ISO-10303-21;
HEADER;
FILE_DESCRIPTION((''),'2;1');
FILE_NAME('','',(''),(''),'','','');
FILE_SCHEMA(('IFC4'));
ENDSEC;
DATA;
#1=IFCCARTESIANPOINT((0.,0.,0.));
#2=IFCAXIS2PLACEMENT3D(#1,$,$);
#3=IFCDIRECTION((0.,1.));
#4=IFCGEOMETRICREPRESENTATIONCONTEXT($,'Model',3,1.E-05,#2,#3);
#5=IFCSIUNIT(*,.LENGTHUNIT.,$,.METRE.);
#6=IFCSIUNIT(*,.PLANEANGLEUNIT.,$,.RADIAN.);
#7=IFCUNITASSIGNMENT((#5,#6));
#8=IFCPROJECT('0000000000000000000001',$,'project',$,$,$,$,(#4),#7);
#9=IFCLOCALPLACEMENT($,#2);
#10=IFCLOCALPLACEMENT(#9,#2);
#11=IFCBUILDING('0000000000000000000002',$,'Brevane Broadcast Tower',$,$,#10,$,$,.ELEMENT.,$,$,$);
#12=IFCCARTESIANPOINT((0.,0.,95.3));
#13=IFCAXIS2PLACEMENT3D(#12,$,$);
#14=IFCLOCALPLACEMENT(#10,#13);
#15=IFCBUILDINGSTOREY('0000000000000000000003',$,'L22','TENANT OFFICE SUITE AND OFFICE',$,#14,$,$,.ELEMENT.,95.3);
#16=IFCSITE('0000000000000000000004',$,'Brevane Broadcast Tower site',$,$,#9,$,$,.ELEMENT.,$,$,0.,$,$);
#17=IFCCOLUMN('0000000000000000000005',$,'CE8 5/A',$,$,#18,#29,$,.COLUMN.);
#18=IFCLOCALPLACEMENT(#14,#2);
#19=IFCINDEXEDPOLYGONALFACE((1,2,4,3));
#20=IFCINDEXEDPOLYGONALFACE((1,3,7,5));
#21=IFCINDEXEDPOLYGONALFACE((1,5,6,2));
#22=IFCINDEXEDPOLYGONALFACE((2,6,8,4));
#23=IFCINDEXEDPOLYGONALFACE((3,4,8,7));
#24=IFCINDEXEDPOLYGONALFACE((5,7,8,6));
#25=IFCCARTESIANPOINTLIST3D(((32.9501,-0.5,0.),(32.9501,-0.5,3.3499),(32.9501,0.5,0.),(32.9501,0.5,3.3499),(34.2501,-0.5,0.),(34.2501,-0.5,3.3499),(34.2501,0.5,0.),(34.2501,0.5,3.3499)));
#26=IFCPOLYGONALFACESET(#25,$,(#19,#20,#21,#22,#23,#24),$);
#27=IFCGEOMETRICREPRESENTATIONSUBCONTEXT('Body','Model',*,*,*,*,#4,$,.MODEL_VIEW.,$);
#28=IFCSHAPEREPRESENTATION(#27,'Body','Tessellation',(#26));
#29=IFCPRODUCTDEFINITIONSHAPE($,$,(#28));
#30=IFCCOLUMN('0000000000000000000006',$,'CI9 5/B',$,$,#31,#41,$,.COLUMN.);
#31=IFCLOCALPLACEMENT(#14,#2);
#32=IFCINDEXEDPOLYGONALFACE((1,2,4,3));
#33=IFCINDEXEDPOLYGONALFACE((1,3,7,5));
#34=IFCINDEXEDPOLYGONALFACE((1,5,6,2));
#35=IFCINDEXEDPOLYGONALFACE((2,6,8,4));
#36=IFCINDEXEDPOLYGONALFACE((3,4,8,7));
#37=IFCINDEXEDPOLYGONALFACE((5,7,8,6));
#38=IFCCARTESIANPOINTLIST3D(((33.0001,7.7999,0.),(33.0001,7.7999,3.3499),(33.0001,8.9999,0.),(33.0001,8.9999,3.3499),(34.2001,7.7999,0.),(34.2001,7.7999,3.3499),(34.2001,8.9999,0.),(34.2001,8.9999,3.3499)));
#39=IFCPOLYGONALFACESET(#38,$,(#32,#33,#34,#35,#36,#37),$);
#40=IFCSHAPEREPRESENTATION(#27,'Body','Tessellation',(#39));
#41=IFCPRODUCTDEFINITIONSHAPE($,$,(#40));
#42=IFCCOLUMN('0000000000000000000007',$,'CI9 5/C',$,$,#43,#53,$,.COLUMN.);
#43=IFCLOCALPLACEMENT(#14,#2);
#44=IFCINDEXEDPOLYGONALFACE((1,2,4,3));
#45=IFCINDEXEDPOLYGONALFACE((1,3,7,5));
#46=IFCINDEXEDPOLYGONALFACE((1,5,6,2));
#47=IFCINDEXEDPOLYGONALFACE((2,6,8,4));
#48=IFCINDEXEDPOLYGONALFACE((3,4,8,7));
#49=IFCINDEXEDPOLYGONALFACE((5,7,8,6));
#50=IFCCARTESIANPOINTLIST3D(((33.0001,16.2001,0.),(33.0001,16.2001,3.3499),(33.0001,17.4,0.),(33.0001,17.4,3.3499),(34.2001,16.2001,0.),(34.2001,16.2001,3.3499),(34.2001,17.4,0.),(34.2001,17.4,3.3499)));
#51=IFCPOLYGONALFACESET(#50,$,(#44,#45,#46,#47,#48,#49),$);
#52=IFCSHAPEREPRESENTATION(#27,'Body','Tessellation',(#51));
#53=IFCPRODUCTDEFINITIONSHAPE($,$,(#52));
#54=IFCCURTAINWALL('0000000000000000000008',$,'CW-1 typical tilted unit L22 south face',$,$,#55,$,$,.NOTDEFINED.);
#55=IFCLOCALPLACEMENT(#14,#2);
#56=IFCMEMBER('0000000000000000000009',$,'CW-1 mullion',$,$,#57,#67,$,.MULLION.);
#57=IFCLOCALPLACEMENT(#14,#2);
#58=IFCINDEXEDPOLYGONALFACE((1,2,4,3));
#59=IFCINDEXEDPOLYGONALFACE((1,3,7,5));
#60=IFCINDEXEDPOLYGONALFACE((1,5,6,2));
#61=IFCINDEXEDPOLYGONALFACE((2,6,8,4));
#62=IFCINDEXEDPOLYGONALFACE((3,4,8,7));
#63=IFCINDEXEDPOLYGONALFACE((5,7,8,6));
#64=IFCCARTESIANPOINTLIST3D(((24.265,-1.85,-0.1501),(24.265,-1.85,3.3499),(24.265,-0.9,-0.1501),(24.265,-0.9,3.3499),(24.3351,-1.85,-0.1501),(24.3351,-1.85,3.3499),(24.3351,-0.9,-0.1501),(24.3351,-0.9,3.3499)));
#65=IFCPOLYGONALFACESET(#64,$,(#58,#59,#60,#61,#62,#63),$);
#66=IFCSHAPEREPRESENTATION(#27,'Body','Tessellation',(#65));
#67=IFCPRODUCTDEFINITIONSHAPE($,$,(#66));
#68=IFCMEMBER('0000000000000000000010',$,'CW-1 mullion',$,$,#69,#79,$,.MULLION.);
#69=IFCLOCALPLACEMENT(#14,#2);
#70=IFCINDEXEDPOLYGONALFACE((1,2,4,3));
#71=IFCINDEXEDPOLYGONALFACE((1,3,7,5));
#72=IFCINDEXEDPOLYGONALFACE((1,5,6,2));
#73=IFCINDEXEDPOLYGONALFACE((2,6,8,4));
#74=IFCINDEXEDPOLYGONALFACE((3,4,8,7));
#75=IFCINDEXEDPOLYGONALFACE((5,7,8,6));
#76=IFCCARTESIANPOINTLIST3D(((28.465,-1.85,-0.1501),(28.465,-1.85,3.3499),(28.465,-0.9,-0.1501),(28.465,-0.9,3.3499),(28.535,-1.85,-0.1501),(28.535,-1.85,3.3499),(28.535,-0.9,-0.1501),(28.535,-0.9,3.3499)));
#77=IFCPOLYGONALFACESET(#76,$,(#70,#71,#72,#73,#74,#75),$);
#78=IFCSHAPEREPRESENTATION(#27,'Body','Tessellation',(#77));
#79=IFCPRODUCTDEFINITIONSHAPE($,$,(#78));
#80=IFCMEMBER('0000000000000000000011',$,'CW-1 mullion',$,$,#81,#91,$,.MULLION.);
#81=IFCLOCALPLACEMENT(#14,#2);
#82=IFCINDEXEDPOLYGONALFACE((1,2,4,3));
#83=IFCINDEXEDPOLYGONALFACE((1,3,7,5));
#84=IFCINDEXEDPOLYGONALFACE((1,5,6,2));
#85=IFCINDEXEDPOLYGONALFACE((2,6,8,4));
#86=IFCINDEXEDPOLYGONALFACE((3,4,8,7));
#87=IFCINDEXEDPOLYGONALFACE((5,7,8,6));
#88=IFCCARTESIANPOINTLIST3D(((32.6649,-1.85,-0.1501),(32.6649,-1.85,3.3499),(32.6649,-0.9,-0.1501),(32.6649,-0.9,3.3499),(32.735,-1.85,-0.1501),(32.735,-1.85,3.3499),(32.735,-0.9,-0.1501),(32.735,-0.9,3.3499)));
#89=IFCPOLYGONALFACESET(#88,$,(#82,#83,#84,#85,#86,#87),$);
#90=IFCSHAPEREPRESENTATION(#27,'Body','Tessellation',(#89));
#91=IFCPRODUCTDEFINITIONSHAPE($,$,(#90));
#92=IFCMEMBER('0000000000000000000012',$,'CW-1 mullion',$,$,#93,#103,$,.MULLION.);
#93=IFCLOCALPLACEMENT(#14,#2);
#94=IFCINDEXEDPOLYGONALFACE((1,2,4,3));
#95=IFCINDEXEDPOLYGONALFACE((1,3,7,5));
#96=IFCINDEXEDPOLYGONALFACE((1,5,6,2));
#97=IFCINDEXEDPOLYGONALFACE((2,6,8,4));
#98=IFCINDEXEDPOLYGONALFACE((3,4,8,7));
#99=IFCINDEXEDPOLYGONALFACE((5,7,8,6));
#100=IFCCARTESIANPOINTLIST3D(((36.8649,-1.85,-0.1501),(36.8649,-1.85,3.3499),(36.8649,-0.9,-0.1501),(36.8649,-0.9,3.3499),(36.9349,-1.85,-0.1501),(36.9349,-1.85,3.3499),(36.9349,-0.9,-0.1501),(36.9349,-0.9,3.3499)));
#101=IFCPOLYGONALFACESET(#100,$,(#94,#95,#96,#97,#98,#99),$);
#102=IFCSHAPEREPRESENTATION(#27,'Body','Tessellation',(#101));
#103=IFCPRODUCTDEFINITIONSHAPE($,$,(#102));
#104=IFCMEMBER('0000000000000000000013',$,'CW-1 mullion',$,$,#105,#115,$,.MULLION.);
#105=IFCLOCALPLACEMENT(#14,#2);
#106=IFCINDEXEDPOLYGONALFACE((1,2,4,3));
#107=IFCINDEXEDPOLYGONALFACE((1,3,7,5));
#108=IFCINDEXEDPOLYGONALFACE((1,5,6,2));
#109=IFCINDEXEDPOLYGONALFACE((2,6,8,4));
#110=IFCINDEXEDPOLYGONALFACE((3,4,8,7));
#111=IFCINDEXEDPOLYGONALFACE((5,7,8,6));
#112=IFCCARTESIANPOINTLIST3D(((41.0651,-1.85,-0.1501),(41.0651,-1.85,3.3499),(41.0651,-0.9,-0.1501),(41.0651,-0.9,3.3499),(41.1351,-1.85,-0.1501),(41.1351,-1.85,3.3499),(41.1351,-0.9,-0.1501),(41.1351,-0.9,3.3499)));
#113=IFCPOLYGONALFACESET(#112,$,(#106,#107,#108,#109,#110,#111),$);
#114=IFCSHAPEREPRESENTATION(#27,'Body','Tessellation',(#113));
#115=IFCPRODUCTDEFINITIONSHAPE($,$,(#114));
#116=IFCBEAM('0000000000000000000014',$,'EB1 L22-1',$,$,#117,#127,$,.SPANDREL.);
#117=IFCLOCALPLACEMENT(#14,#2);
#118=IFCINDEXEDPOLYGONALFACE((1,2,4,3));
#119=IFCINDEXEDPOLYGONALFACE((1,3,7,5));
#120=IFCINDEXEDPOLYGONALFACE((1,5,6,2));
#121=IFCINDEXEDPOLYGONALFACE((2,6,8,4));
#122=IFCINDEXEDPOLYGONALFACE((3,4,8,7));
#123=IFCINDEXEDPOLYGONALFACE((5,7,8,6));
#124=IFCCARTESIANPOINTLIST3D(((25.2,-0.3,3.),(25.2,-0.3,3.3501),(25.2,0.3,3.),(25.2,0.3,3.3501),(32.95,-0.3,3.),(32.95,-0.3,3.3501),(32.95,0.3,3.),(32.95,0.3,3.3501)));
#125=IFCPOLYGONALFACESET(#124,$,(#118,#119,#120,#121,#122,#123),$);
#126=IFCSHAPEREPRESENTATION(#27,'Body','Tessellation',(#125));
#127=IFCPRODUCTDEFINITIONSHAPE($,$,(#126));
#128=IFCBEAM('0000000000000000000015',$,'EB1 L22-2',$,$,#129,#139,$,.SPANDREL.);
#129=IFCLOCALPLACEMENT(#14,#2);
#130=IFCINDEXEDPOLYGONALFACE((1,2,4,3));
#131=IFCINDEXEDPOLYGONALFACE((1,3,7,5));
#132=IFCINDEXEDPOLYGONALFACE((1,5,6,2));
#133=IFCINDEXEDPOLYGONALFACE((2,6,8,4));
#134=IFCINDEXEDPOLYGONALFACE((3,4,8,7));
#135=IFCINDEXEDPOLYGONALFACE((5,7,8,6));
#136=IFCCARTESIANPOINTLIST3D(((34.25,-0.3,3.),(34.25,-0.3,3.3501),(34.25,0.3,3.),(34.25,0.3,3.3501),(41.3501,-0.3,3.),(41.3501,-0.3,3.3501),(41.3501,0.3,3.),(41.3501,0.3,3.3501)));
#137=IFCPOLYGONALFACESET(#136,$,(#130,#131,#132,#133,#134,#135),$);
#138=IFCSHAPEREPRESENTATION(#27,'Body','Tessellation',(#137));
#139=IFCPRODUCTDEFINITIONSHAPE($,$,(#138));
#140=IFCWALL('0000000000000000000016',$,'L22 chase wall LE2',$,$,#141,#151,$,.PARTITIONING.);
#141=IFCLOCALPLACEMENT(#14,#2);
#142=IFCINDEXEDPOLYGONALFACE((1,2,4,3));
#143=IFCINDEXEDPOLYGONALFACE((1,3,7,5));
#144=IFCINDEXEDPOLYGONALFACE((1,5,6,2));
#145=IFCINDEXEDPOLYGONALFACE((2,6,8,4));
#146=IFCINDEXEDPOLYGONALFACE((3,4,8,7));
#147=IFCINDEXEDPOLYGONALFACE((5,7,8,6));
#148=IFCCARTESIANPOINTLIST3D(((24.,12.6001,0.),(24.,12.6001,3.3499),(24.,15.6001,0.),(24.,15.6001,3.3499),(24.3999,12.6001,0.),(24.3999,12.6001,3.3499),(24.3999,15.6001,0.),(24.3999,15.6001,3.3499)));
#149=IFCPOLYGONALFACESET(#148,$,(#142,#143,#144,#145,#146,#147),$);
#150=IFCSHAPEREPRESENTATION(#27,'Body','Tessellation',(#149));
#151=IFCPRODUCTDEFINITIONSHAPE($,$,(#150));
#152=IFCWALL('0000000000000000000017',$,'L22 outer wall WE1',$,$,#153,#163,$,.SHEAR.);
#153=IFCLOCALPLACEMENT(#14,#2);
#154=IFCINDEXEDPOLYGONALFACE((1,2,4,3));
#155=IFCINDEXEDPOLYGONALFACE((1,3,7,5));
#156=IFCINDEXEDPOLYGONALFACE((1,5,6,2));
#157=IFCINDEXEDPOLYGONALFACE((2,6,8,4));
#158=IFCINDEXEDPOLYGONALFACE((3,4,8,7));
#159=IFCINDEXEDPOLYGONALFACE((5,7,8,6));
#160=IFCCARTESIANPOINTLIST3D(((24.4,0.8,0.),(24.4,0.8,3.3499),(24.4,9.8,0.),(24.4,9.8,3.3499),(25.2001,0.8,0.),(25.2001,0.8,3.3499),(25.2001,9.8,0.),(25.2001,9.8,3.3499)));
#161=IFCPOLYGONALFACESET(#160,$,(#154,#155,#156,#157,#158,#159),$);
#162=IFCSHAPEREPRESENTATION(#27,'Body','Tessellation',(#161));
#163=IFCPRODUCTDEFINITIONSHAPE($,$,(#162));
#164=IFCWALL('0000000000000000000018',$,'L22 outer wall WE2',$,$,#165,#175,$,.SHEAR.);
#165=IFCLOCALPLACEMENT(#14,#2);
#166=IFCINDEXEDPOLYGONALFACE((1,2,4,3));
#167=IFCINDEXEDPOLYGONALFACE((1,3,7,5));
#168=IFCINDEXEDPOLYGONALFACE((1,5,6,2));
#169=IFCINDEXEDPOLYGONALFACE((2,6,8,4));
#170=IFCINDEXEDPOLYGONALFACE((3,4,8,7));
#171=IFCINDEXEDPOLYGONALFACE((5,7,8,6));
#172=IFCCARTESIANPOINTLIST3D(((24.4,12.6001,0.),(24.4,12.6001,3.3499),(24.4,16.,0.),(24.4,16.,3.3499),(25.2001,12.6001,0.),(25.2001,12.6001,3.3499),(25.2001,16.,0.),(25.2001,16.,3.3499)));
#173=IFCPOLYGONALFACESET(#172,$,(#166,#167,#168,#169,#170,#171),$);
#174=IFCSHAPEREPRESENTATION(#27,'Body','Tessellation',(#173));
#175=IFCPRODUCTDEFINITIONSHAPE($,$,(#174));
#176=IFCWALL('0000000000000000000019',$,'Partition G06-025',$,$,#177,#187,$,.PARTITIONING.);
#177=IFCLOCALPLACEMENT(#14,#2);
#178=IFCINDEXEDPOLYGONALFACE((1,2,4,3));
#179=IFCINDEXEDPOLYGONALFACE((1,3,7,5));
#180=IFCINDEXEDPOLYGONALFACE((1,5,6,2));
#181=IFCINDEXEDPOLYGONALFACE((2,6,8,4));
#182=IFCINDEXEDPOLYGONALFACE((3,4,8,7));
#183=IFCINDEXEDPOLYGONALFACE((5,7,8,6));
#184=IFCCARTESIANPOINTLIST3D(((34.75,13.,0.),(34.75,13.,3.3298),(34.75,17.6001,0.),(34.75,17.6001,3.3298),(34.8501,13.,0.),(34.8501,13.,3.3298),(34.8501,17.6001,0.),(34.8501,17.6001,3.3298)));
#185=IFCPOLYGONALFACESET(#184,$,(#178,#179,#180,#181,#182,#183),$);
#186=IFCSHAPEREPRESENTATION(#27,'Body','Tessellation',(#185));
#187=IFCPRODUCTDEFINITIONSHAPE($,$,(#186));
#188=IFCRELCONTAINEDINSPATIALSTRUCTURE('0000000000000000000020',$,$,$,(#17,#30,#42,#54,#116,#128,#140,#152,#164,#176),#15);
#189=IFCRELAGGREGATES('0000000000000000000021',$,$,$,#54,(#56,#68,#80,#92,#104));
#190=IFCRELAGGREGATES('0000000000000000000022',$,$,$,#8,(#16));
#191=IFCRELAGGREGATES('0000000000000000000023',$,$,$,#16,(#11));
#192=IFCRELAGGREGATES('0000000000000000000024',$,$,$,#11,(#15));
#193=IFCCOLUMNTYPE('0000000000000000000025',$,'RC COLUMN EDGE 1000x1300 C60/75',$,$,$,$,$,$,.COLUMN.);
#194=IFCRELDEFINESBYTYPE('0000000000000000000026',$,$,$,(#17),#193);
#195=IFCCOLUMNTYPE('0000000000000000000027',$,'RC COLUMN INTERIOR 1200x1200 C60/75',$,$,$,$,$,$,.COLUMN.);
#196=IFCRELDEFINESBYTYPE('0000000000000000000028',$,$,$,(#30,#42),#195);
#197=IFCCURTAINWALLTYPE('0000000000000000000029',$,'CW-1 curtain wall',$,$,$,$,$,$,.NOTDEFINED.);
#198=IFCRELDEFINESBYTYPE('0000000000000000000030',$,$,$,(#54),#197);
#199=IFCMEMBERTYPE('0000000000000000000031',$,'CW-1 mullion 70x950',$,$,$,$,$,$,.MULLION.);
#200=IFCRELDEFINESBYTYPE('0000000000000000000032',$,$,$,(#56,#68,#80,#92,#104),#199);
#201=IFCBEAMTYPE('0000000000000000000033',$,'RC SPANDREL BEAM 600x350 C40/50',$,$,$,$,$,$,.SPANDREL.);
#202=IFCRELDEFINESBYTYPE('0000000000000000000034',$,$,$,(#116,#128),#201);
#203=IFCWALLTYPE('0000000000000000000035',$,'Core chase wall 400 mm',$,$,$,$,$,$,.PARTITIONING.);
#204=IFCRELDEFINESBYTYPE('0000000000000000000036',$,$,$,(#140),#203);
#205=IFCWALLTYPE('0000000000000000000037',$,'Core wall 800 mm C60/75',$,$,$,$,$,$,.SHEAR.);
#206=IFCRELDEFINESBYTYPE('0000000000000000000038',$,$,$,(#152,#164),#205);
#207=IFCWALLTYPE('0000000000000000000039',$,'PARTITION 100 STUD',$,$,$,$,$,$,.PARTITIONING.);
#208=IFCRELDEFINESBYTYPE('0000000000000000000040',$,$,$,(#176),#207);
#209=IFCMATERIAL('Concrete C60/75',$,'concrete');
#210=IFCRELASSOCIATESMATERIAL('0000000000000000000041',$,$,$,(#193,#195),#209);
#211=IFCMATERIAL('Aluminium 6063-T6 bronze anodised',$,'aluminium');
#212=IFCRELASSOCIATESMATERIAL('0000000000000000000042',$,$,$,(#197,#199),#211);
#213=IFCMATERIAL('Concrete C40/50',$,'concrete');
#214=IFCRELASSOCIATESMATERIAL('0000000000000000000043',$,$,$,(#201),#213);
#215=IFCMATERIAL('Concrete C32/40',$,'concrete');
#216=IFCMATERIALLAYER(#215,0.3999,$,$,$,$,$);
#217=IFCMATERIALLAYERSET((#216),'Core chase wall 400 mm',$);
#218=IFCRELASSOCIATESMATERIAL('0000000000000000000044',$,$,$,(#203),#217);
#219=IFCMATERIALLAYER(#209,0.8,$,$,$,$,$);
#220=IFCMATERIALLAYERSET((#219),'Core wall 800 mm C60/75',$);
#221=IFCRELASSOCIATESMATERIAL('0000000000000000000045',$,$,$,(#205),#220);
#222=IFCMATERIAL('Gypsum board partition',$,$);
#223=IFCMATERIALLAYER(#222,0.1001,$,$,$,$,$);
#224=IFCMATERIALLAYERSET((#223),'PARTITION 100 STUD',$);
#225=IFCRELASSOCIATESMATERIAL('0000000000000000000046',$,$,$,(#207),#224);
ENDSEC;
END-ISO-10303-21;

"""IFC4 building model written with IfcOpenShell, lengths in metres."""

from ifc_helpers import new_model, si_unit, direction, frame, frame_2d, origin, origin_2d, place, context, subcontext, project, spatial, rectangle, extrude, material, layer, layer_set, material_profile, profile_set, type_object, element, aggregate, save


model = new_model("IFC4")

# Units and contexts
model_context = context("Model", 3, precision=1e-05, world=origin(), true_north=direction((0.0, 1.0)))
body_context = subcontext(model_context, "Body", "Model", "MODEL_VIEW")
ifc_project = project(units=[si_unit("LENGTHUNIT", "METRE"), si_unit("PLANEANGLEUNIT", "RADIAN")], contexts=[model_context])

# Site, building, storey
site_placement = place(None, origin())
site = spatial("IfcSite", under=ifc_project, at=site_placement, Name="Brevane Broadcast Tower site", CompositionType="ELEMENT", RefElevation=0.0)
building_placement = place(site_placement, origin())
building = spatial("IfcBuilding", under=site, at=building_placement, Name="Brevane Broadcast Tower", CompositionType="ELEMENT")
storey_placement = place(building_placement, frame((0.0, 0.0, 95.3)))
storey = spatial("IfcBuildingStorey", under=building, at=storey_placement, Name="L22", Description="TENANT OFFICE SUITE AND OFFICE", CompositionType="ELEMENT", Elevation=95.3)

# Columns
ifc_material_1 = material(Name="Concrete C60/75", Category="concrete")
ifc_material_profile_1 = material_profile(ifc_material_1, rectangle(XDim=1.0, YDim=1.3, at=origin_2d()), Name="RC 1000x1300")
ifc_profile_set_1 = profile_set([ifc_material_profile_1], Name="Concrete C60/75")
column_type_1 = type_object("IfcColumnType", Name="RC COLUMN EDGE 1000x1300 C60/75", PredefinedType="COLUMN", material=ifc_profile_set_1)
column_placement = place(storey_placement, frame((33.6001, 0.0, 0.0), z_axis=(0.0, 0.0, 1.0), x_axis=(0.0, 1.0, 0.0)))
element("IfcColumn", 1, at=column_placement, inside=storey, type_object=column_type_1, Name="CE8 5/A", PredefinedType="COLUMN", context=body_context, shape_type="SweptSolid", body=[
    extrude(rectangle(XDim=1.0, YDim=1.3, at=origin_2d()), origin(), (0.0, 0.0, 1.0), 3.3499),
])
ifc_material_profile_2 = material_profile(ifc_material_1, rectangle(XDim=1.2, YDim=1.2, at=origin_2d()), Name="RC 1200x1200")
ifc_profile_set_2 = profile_set([ifc_material_profile_2], Name="Concrete C60/75")
column_type_2 = type_object("IfcColumnType", Name="RC COLUMN INTERIOR 1200x1200 C60/75", PredefinedType="COLUMN", material=ifc_profile_set_2)
for number, where, z_axis, x_axis, name in (
    (2, (33.6001, 8.3999, 0.0), (0.0, 0.0, 1.0), (1.0, 0.0, 0.0), "CI9 5/B"),
    (3, (33.6001, 16.8, 0.0), (0.0, 0.0, 1.0), (1.0, 0.0, 0.0), "CI9 5/C"),
):
    element("IfcColumn", number, at=place(storey_placement, frame(where, z_axis=z_axis, x_axis=x_axis)), inside=storey, type_object=column_type_2, Name=name, PredefinedType="COLUMN", context=body_context, shape_type="SweptSolid", body=[
        extrude(rectangle(XDim=1.2, YDim=1.2, at=origin_2d()), origin(), (0.0, 0.0, 1.0), 3.3499),
    ])

# Curtain wall, members
ifc_material_2 = material(Name="Aluminium 6063-T6 bronze anodised", Category="aluminium")
curtain_wall_type = type_object("IfcCurtainWallType", Name="CW-1 curtain wall", PredefinedType="NOTDEFINED", material=ifc_material_2)
curtain_wall_placement = place(storey_placement, origin())
curtain_wall = element("IfcCurtainWall", 4, at=curtain_wall_placement, inside=storey, type_object=curtain_wall_type, Name="CW-1 typical tilted unit L22 south face", PredefinedType="NOTDEFINED")
ifc_material_profile_3 = material_profile(ifc_material_2, rectangle(XDim=0.95, YDim=0.0701, at=origin_2d()), Name="RECT 70x950")
ifc_profile_set_3 = profile_set([ifc_material_profile_3], Name="Aluminium 6063-T6 bronze anodised")
member_type = type_object("IfcMemberType", Name="CW-1 mullion 70x950", PredefinedType="MULLION", material=ifc_profile_set_3)
member_1_placement = place(storey_placement, frame((24.3, -1.375, -0.1501), z_axis=(0.0, 0.0, 1.0), x_axis=(0.0, 1.0, 0.0)))
member_1 = element("IfcMember", 5, at=member_1_placement, type_object=member_type, Name="CW-1 mullion", PredefinedType="MULLION", context=body_context, shape_type="SweptSolid", body=[
    extrude(rectangle(XDim=0.95, YDim=0.0701, at=origin_2d()), origin(), (0.0, 0.0, 1.0), 3.5),
])
member_2_placement = place(storey_placement, frame((28.5, -1.375, -0.1501), z_axis=(0.0, 0.0, 1.0), x_axis=(0.0, 1.0, 0.0)))
member_2 = element("IfcMember", 6, at=member_2_placement, type_object=member_type, Name="CW-1 mullion", PredefinedType="MULLION", context=body_context, shape_type="SweptSolid", body=[
    extrude(rectangle(XDim=0.95, YDim=0.0701, at=origin_2d()), origin(), (0.0, 0.0, 1.0), 3.5),
])
member_3_placement = place(storey_placement, frame((32.7, -1.375, -0.1501), z_axis=(0.0, 0.0, 1.0), x_axis=(0.0, 1.0, 0.0)))
member_3 = element("IfcMember", 7, at=member_3_placement, type_object=member_type, Name="CW-1 mullion", PredefinedType="MULLION", context=body_context, shape_type="SweptSolid", body=[
    extrude(rectangle(XDim=0.95, YDim=0.0701, at=origin_2d()), origin(), (0.0, 0.0, 1.0), 3.5),
])
member_4_placement = place(storey_placement, frame((36.8999, -1.375, -0.1501), z_axis=(0.0, 0.0, 1.0), x_axis=(0.0, 1.0, 0.0)))
member_4 = element("IfcMember", 8, at=member_4_placement, type_object=member_type, Name="CW-1 mullion", PredefinedType="MULLION", context=body_context, shape_type="SweptSolid", body=[
    extrude(rectangle(XDim=0.95, YDim=0.0701, at=origin_2d()), origin(), (0.0, 0.0, 1.0), 3.5),
])
member_5_placement = place(storey_placement, frame((41.1001, -1.375, -0.1501), z_axis=(0.0, 0.0, 1.0), x_axis=(0.0, 1.0, 0.0)))
member_5 = element("IfcMember", 9, at=member_5_placement, type_object=member_type, Name="CW-1 mullion", PredefinedType="MULLION", context=body_context, shape_type="SweptSolid", body=[
    extrude(rectangle(XDim=0.95, YDim=0.0701, at=origin_2d()), origin(), (0.0, 0.0, 1.0), 3.5),
])
aggregate(curtain_wall, [member_1, member_2, member_3, member_4, member_5])

# Beams
ifc_material_3 = material(Name="Concrete C40/50", Category="concrete")
ifc_material_profile_4 = material_profile(ifc_material_3, rectangle(XDim=0.6001, YDim=0.3501, at=origin_2d()), Name="RC 600x350")
ifc_profile_set_4 = profile_set([ifc_material_profile_4], Name="Concrete C40/50")
beam_type = type_object("IfcBeamType", Name="RC SPANDREL BEAM 600x350 C40/50", PredefinedType="SPANDREL", material=ifc_profile_set_4)
beam_1_placement = place(storey_placement, frame((25.2, 0.0, 3.175), z_axis=(1.0, 0.0, 0.0), x_axis=(0.0, 1.0, 0.0)))
element("IfcBeam", 10, at=beam_1_placement, inside=storey, type_object=beam_type, Name="EB1 L22-1", PredefinedType="SPANDREL", context=body_context, shape_type="SweptSolid", body=[
    extrude(rectangle(XDim=0.6001, YDim=0.3501, at=origin_2d()), origin(), (0.0, 0.0, 1.0), 7.75),
])
beam_2_placement = place(storey_placement, frame((34.25, 0.0, 3.175), z_axis=(1.0, 0.0, 0.0), x_axis=(0.0, 1.0, 0.0)))
element("IfcBeam", 11, at=beam_2_placement, inside=storey, type_object=beam_type, Name="EB1 L22-2", PredefinedType="SPANDREL", context=body_context, shape_type="SweptSolid", body=[
    extrude(rectangle(XDim=0.6001, YDim=0.3501, at=origin_2d()), origin(), (0.0, 0.0, 1.0), 7.1001),
])

# Walls
ifc_material_4 = material(Name="Concrete C32/40", Category="concrete")
ifc_layer_1 = layer(ifc_material_4, 0.3999)
ifc_layer_set_1 = layer_set([ifc_layer_1], Name="Core chase wall 400 mm")
wall_type_1 = type_object("IfcWallType", Name="Core chase wall 400 mm", PredefinedType="PARTITIONING", material=ifc_layer_set_1)
wall_1_placement = place(storey_placement, frame((24.2, 12.6001, 0.0), z_axis=(0.0, 0.0, 1.0), x_axis=(0.0, 1.0, 0.0)))
element("IfcWall", 12, at=wall_1_placement, inside=storey, type_object=wall_type_1, Name="L22 chase wall LE2", PredefinedType="PARTITIONING", context=body_context, shape_type="SweptSolid", body=[
    extrude(rectangle(XDim=3.0, YDim=0.3999, at=frame_2d((1.5, 0.0))), origin(), (0.0, 0.0, 1.0), 3.3499),
])
ifc_layer_2 = layer(ifc_material_1, 0.8)
ifc_layer_set_2 = layer_set([ifc_layer_2], Name="Core wall 800 mm C60/75")
wall_type_2 = type_object("IfcWallType", Name="Core wall 800 mm C60/75", PredefinedType="SHEAR", material=ifc_layer_set_2)
wall_2_placement = place(storey_placement, frame((24.8, 0.8, 0.0), z_axis=(0.0, 0.0, 1.0), x_axis=(0.0, 1.0, 0.0)))
element("IfcWall", 13, at=wall_2_placement, inside=storey, type_object=wall_type_2, Name="L22 outer wall WE1", PredefinedType="SHEAR", context=body_context, shape_type="SweptSolid", body=[
    extrude(rectangle(XDim=9.0, YDim=0.8, at=frame_2d((4.5, 0.0))), origin(), (0.0, 0.0, 1.0), 3.3499),
])
wall_3_placement = place(storey_placement, frame((24.8, 12.6001, 0.0), z_axis=(0.0, 0.0, 1.0), x_axis=(0.0, 1.0, 0.0)))
element("IfcWall", 14, at=wall_3_placement, inside=storey, type_object=wall_type_2, Name="L22 outer wall WE2", PredefinedType="SHEAR", context=body_context, shape_type="SweptSolid", body=[
    extrude(rectangle(XDim=3.3999, YDim=0.8, at=frame_2d((1.7, 0.0))), origin(), (0.0, 0.0, 1.0), 3.3499),
])
ifc_material_5 = material(Name="Gypsum board partition")
ifc_layer_3 = layer(ifc_material_5, 0.1001)
ifc_layer_set_3 = layer_set([ifc_layer_3], Name="PARTITION 100 STUD")
wall_type_3 = type_object("IfcWallType", Name="PARTITION 100 STUD", PredefinedType="PARTITIONING", material=ifc_layer_set_3)
wall_4_placement = place(storey_placement, frame((34.8, 17.6001, 0.0), z_axis=(0.0, 0.0, 1.0), x_axis=(0.0, -1.0, 0.0)))
element("IfcWall", 15, at=wall_4_placement, inside=storey, type_object=wall_type_3, Name="Partition G06-025", PredefinedType="PARTITIONING", context=body_context, shape_type="SweptSolid", body=[
    extrude(rectangle(XDim=4.6001, YDim=0.1001, at=frame_2d((2.3, 0.0))), origin(), (0.0, 0.0, 1.0), 3.3298),
])

save(model, "model.ifc")
